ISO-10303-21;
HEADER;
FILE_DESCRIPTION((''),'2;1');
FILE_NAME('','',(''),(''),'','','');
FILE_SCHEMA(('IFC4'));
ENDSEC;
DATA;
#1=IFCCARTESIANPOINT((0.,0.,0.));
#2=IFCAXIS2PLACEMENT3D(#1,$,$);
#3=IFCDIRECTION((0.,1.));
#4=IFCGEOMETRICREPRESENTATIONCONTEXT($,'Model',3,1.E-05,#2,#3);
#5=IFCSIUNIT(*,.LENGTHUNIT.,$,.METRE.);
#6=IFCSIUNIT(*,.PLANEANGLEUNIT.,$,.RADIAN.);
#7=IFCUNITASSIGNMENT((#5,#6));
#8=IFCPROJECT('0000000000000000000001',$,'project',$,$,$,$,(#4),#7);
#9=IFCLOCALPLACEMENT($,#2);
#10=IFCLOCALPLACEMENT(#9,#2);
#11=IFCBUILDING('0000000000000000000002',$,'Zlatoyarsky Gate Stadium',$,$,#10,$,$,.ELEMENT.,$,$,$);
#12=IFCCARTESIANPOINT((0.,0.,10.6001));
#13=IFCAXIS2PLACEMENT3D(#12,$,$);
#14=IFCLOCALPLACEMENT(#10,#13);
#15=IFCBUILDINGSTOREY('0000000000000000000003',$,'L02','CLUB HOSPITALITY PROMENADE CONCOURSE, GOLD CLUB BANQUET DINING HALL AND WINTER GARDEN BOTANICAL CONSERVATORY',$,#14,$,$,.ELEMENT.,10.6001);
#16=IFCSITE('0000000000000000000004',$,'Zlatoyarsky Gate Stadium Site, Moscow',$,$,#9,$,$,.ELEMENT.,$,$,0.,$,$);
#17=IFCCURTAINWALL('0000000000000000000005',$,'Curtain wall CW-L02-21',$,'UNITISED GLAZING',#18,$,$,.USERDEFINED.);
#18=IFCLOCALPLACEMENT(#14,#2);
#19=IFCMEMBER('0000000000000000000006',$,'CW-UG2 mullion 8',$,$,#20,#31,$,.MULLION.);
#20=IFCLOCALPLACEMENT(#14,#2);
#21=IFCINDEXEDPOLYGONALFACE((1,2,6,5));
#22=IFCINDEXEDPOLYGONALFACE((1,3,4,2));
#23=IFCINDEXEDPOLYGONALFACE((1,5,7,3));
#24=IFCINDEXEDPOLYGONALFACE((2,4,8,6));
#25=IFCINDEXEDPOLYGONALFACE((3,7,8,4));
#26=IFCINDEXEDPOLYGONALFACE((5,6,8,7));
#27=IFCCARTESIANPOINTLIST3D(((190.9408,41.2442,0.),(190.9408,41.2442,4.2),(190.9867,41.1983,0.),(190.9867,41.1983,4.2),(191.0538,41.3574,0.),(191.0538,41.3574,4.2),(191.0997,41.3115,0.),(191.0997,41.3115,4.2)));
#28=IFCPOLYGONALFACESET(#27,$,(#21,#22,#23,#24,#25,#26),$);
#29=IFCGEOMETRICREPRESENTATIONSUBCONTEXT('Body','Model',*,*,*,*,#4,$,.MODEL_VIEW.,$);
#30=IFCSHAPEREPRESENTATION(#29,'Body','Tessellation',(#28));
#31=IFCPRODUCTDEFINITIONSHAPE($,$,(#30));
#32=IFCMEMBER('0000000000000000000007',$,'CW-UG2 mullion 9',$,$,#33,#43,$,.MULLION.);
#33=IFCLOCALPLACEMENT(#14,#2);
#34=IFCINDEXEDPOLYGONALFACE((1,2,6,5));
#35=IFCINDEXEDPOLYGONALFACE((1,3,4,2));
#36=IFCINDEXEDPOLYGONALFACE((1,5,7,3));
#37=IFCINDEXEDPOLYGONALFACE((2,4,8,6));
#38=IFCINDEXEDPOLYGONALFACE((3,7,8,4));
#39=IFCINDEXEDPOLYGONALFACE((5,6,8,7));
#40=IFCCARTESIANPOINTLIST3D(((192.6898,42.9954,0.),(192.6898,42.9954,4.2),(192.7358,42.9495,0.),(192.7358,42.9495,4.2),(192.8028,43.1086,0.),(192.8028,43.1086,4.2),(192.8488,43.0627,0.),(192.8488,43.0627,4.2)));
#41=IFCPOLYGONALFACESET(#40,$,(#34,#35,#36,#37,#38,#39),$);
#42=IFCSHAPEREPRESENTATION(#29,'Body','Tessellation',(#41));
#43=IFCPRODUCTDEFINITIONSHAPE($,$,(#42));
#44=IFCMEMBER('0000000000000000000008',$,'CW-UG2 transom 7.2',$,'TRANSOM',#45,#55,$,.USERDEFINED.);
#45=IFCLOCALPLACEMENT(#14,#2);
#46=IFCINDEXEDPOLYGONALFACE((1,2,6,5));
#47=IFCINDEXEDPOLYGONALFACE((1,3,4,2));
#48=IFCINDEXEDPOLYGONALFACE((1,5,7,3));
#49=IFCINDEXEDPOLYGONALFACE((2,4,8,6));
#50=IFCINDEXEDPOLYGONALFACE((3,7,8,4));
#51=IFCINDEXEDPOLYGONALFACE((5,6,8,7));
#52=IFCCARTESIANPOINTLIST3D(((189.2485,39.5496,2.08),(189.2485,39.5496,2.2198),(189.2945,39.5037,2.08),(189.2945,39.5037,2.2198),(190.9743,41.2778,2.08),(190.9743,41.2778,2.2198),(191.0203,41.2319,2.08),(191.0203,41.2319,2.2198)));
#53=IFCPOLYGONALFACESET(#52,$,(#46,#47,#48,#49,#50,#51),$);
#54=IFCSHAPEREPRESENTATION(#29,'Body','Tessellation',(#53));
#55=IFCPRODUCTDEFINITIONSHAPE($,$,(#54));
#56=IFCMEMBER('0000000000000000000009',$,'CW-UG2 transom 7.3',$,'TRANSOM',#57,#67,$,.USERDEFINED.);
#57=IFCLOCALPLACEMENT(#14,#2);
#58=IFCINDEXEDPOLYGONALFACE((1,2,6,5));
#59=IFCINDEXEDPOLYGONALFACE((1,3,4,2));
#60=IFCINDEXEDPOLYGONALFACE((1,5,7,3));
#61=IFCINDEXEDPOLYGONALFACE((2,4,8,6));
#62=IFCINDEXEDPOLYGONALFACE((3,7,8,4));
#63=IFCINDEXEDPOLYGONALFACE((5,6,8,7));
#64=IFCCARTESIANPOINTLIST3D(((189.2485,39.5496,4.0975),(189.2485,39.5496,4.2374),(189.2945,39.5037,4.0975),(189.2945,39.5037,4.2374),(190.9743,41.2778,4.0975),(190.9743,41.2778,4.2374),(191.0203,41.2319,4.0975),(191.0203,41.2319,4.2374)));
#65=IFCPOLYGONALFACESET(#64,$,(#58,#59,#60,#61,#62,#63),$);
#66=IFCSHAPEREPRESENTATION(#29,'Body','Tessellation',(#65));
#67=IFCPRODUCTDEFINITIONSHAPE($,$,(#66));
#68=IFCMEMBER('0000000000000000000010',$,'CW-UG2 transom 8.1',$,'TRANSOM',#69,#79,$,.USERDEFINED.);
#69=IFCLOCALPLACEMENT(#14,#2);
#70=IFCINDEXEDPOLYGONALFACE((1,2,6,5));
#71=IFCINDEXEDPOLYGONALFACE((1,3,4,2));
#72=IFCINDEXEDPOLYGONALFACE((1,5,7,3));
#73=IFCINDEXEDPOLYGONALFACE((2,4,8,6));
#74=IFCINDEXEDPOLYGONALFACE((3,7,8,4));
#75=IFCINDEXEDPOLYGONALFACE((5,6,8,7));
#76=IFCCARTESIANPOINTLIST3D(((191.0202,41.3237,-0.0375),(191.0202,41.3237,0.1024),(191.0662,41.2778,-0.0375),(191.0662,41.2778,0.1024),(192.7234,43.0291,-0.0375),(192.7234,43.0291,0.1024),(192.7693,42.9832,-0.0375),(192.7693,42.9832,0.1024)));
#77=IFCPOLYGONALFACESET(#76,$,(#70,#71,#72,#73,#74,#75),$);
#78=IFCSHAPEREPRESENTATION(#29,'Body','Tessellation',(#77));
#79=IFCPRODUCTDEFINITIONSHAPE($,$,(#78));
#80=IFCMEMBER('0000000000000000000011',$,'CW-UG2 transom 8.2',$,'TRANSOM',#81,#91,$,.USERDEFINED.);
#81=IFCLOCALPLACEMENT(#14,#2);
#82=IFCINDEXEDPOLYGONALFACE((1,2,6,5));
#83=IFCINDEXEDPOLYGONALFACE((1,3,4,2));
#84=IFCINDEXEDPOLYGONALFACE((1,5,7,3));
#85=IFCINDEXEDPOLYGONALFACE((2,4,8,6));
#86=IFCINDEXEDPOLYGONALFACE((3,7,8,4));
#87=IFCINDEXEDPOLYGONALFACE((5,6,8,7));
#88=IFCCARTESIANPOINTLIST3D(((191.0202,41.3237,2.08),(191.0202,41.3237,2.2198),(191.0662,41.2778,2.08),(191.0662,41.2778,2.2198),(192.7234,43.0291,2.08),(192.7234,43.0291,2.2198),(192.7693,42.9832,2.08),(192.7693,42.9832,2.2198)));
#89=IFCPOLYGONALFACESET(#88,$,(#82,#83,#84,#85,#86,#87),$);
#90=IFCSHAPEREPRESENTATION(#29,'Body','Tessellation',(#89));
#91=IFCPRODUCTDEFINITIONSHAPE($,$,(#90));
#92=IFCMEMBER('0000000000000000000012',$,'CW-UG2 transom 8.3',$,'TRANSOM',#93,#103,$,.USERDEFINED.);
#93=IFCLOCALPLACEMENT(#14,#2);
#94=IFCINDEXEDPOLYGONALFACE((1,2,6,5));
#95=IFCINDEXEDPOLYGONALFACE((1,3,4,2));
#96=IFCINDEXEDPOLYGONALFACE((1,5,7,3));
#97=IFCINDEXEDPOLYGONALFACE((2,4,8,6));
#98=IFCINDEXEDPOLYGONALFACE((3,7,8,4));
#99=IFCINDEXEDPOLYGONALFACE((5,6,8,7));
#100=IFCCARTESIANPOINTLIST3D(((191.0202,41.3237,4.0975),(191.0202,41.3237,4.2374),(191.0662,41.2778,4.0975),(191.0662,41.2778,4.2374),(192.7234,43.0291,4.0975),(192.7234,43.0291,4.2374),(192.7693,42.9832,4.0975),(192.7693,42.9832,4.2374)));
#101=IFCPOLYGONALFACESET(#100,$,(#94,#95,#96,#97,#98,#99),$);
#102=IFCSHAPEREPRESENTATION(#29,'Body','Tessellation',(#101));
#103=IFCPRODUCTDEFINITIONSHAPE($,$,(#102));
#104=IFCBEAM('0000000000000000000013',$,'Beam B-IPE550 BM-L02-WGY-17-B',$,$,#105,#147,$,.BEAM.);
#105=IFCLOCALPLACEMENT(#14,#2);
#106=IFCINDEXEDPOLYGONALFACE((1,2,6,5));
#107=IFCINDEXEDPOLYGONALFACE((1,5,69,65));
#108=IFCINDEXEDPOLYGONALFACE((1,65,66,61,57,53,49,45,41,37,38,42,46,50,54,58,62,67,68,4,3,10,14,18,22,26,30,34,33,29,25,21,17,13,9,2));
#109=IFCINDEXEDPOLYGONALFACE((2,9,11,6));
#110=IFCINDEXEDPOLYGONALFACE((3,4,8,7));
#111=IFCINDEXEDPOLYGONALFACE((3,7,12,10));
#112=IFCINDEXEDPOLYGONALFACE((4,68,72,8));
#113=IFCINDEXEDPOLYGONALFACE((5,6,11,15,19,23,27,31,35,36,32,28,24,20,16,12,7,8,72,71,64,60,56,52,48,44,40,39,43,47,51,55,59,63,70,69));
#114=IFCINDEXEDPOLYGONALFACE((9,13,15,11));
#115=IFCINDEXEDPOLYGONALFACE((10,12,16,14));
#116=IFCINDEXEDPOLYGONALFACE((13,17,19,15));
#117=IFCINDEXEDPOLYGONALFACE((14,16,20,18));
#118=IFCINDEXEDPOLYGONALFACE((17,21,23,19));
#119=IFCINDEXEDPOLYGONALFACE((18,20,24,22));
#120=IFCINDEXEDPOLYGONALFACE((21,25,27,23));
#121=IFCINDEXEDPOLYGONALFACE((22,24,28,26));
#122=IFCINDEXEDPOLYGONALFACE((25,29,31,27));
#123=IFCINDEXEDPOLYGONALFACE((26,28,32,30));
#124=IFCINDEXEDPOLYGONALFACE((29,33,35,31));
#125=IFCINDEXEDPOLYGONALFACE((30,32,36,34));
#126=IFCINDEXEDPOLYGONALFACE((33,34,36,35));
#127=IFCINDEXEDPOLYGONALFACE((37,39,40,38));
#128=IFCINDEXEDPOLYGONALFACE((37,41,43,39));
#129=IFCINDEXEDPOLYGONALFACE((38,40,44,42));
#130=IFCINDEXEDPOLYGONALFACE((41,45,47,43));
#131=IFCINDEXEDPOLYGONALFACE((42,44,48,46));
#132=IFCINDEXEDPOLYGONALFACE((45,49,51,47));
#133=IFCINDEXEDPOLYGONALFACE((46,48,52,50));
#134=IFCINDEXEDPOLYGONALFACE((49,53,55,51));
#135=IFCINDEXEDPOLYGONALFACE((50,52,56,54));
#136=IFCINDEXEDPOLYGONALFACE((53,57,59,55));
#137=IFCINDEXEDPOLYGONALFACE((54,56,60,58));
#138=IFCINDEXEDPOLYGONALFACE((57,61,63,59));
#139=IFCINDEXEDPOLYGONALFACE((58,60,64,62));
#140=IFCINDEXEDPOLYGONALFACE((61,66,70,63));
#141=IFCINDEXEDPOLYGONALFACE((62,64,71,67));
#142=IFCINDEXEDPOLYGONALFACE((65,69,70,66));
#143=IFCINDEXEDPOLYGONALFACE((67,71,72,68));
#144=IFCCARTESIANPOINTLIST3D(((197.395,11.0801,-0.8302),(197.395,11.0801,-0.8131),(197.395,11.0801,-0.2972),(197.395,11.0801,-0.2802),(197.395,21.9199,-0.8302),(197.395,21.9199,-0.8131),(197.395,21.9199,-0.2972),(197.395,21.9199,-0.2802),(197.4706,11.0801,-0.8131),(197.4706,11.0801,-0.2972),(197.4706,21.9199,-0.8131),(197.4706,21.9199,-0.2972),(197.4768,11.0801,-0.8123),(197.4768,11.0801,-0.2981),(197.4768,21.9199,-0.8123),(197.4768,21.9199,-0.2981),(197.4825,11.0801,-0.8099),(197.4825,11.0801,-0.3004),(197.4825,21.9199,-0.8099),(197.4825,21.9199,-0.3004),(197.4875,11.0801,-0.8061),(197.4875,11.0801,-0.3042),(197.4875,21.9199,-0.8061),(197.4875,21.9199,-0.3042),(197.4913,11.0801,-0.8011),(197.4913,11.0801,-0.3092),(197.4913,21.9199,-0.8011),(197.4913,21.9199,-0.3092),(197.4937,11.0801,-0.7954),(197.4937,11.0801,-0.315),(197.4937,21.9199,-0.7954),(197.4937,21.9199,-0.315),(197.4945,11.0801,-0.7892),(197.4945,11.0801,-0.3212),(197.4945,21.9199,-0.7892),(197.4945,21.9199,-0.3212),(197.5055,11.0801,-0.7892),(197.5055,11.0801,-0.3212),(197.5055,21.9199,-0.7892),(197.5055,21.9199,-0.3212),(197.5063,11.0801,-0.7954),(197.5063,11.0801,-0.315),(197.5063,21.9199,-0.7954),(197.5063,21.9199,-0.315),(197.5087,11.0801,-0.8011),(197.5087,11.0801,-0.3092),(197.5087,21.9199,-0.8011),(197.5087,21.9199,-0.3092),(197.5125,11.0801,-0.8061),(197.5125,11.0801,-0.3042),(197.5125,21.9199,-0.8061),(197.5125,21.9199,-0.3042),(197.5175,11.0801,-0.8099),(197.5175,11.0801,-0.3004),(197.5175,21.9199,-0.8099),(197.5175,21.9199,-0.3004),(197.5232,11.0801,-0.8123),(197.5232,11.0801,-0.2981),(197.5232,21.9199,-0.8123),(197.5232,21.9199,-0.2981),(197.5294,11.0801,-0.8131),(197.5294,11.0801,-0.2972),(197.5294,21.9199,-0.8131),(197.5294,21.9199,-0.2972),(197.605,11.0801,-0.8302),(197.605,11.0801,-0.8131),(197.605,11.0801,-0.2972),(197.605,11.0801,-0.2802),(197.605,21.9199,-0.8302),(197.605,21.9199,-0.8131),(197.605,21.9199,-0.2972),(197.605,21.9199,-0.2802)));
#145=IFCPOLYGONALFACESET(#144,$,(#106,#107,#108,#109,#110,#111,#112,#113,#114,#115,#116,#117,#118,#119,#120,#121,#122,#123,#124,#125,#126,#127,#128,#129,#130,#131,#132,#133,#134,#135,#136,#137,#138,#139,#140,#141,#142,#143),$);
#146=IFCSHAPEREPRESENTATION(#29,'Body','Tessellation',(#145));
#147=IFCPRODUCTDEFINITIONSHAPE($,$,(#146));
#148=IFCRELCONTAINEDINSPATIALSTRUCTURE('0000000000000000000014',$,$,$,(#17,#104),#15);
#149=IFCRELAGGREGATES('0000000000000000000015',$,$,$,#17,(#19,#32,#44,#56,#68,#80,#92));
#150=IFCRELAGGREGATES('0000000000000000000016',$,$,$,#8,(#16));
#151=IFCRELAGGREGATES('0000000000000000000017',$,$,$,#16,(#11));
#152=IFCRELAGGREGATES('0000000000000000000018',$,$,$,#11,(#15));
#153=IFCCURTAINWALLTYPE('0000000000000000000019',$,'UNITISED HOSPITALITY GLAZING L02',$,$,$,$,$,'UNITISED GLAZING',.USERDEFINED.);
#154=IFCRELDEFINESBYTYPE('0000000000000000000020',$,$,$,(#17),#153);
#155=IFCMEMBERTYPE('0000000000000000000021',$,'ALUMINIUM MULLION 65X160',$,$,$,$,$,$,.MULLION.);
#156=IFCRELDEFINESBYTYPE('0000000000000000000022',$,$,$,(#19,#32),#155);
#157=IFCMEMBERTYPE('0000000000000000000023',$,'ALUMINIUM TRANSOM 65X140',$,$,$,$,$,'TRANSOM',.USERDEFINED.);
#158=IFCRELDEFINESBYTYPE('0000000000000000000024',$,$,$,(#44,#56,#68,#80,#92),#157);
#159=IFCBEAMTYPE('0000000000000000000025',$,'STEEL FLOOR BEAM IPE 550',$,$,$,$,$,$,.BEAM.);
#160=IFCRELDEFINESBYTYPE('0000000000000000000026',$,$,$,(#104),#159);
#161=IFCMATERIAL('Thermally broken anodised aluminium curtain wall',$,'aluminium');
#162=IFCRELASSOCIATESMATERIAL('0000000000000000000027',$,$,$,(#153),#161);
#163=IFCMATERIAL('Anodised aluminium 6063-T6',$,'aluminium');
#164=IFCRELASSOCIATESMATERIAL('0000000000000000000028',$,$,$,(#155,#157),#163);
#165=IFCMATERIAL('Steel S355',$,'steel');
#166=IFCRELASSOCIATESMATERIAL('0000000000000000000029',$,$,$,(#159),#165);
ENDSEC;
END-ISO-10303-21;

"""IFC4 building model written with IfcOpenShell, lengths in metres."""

from ifc_helpers import new_model, si_unit, direction, frame, origin, origin_2d, place, context, subcontext, project, spatial, rectangle, i_section, extrude, material, material_profile, profile_set, type_object, element, aggregate, save


model = new_model("IFC4")

# Units and contexts
model_context = context("Model", 3, precision=1e-05, world=origin(), true_north=direction((0.0, 1.0)))
body_context = subcontext(model_context, "Body", "Model", "MODEL_VIEW")
ifc_project = project(units=[si_unit("LENGTHUNIT", "METRE"), si_unit("PLANEANGLEUNIT", "RADIAN")], contexts=[model_context])

# Site, building, storey
site_placement = place(None, origin())
site = spatial("IfcSite", under=ifc_project, at=site_placement, Name="Zlatoyarsky Gate Stadium Site, Moscow", CompositionType="ELEMENT", RefElevation=0.0)
building_placement = place(site_placement, origin())
building = spatial("IfcBuilding", under=site, at=building_placement, Name="Zlatoyarsky Gate Stadium", CompositionType="ELEMENT")
storey_placement = place(building_placement, frame((0.0, 0.0, 10.6001)))
storey = spatial("IfcBuildingStorey", under=building, at=storey_placement, Name="L02", Description="CLUB HOSPITALITY PROMENADE CONCOURSE, GOLD CLUB BANQUET DINING HALL AND WINTER GARDEN BOTANICAL CONSERVATORY", CompositionType="ELEMENT", Elevation=10.6001)

# Curtain wall, members
ifc_material_1 = material(Name="Thermally broken anodised aluminium curtain wall", Category="aluminium")
curtain_wall_type = type_object("IfcCurtainWallType", Name="UNITISED HOSPITALITY GLAZING L02", ElementType="UNITISED GLAZING", PredefinedType="USERDEFINED", material=ifc_material_1)
curtain_wall_placement = place(storey_placement, origin())
curtain_wall = element("IfcCurtainWall", 1, at=curtain_wall_placement, inside=storey, type_object=curtain_wall_type, Name="Curtain wall CW-L02-21", ObjectType="UNITISED GLAZING", PredefinedType="USERDEFINED")
ifc_material_2 = material(Name="Anodised aluminium 6063-T6", Category="aluminium")
ifc_material_profile_1 = material_profile(ifc_material_2, rectangle(XDim=0.0649, YDim=0.1599, at=origin_2d()), Name="ALU 65X160")
ifc_profile_set_1 = profile_set([ifc_material_profile_1], Name="Anodised aluminium 6063-T6")
member_type_1 = type_object("IfcMemberType", Name="ALUMINIUM MULLION 65X160", PredefinedType="MULLION", material=ifc_profile_set_1)
member_1_placement = place(storey_placement, frame((191.0203, 41.2778, 0.0), z_axis=(0.0, 0.0, 1.0), x_axis=(-0.707585, 0.706628, 0.0)))
member_1 = element("IfcMember", 2, at=member_1_placement, type_object=member_type_1, Name="CW-UG2 mullion 8", PredefinedType="MULLION", context=body_context, shape_type="SweptSolid", body=[
    extrude(rectangle(XDim=0.0649, YDim=0.1599, at=origin_2d()), origin(), (0.0, 0.0, 1.0), 4.2),
])
member_2_placement = place(storey_placement, frame((192.7693, 43.0291, 0.0), z_axis=(0.0, 0.0, 1.0), x_axis=(-0.707585, 0.706628, 0.0)))
member_2 = element("IfcMember", 3, at=member_2_placement, type_object=member_type_1, Name="CW-UG2 mullion 9", PredefinedType="MULLION", context=body_context, shape_type="SweptSolid", body=[
    extrude(rectangle(XDim=0.0649, YDim=0.1599, at=origin_2d()), origin(), (0.0, 0.0, 1.0), 4.2),
])
ifc_material_profile_2 = material_profile(ifc_material_2, rectangle(XDim=0.0649, YDim=0.1399, at=origin_2d()), Name="ALU 65X140")
ifc_profile_set_2 = profile_set([ifc_material_profile_2], Name="Anodised aluminium 6063-T6")
member_type_2 = type_object("IfcMemberType", Name="ALUMINIUM TRANSOM 65X140", ElementType="TRANSOM", PredefinedType="USERDEFINED", material=ifc_profile_set_2)
member_3_placement = place(storey_placement, frame((189.2715, 39.5266, 2.1499), z_axis=(0.706607, 0.707606, 0.0), x_axis=(-0.707606, 0.706607, 0.0)))
member_3 = element("IfcMember", 4, at=member_3_placement, type_object=member_type_2, Name="CW-UG2 transom 7.2", ObjectType="TRANSOM", PredefinedType="USERDEFINED", context=body_context, shape_type="SweptSolid", body=[
    extrude(rectangle(XDim=0.0649, YDim=0.1399, at=origin_2d()), origin(), (0.0, 0.0, 1.0), 2.4424),
])
member_4_placement = place(storey_placement, frame((189.2715, 39.5266, 4.1675), z_axis=(0.706607, 0.707606, 0.0), x_axis=(-0.707606, 0.706607, 0.0)))
member_4 = element("IfcMember", 5, at=member_4_placement, type_object=member_type_2, Name="CW-UG2 transom 7.3", ObjectType="TRANSOM", PredefinedType="USERDEFINED", context=body_context, shape_type="SweptSolid", body=[
    extrude(rectangle(XDim=0.0649, YDim=0.1399, at=origin_2d()), origin(), (0.0, 0.0, 1.0), 2.4424),
])
member_5_placement = place(storey_placement, frame((191.0432, 41.3008, 0.0325), z_axis=(0.706651, 0.707562, 0.0), x_axis=(-0.707562, 0.706651, 0.0)))
member_5 = element("IfcMember", 6, at=member_5_placement, type_object=member_type_2, Name="CW-UG2 transom 8.1", ObjectType="TRANSOM", PredefinedType="USERDEFINED", context=body_context, shape_type="SweptSolid", body=[
    extrude(rectangle(XDim=0.0649, YDim=0.1399, at=origin_2d()), origin(), (0.0, 0.0, 1.0), 2.4102),
])
member_6_placement = place(storey_placement, frame((191.0432, 41.3008, 2.1499), z_axis=(0.706651, 0.707562, 0.0), x_axis=(-0.707562, 0.706651, 0.0)))
member_6 = element("IfcMember", 7, at=member_6_placement, type_object=member_type_2, Name="CW-UG2 transom 8.2", ObjectType="TRANSOM", PredefinedType="USERDEFINED", context=body_context, shape_type="SweptSolid", body=[
    extrude(rectangle(XDim=0.0649, YDim=0.1399, at=origin_2d()), origin(), (0.0, 0.0, 1.0), 2.4102),
])
member_7_placement = place(storey_placement, frame((191.0432, 41.3008, 4.1675), z_axis=(0.706651, 0.707562, 0.0), x_axis=(-0.707562, 0.706651, 0.0)))
member_7 = element("IfcMember", 8, at=member_7_placement, type_object=member_type_2, Name="CW-UG2 transom 8.3", ObjectType="TRANSOM", PredefinedType="USERDEFINED", context=body_context, shape_type="SweptSolid", body=[
    extrude(rectangle(XDim=0.0649, YDim=0.1399, at=origin_2d()), origin(), (0.0, 0.0, 1.0), 2.4102),
])

# Beam
ifc_material_3 = material(Name="Steel S355", Category="steel")
ifc_material_profile_3 = material_profile(ifc_material_3, i_section(OverallWidth=0.21, OverallDepth=0.55, WebThickness=0.011, FlangeThickness=0.0171, FilletRadius=0.0239, at=origin_2d()), Name="IPE 550")
ifc_profile_set_3 = profile_set([ifc_material_profile_3], Name="Steel S355")
beam_type_1 = type_object("IfcBeamType", Name="STEEL FLOOR BEAM IPE 550", PredefinedType="BEAM", material=ifc_profile_set_3)
beam_1_placement = place(storey_placement, frame((197.5, 11.0801, -0.5552), z_axis=(0.0, 1.0, 0.0), x_axis=(-1.0, 0.0, 0.0)))
element("IfcBeam", 9, at=beam_1_placement, inside=storey, type_object=beam_type_1, Name="Beam B-IPE550 BM-L02-WGY-17-B", PredefinedType="BEAM", context=body_context, shape_type="SweptSolid", body=[
    extrude(i_section(OverallWidth=0.21, OverallDepth=0.55, WebThickness=0.011, FlangeThickness=0.0171, FilletRadius=0.0239, at=origin_2d()), origin(), (0.0, 0.0, 1.0), 10.8398),
])

aggregate(curtain_wall, [member_1, member_2, member_3, member_4, member_5, member_6, member_7])

save(model, "model.ifc")
